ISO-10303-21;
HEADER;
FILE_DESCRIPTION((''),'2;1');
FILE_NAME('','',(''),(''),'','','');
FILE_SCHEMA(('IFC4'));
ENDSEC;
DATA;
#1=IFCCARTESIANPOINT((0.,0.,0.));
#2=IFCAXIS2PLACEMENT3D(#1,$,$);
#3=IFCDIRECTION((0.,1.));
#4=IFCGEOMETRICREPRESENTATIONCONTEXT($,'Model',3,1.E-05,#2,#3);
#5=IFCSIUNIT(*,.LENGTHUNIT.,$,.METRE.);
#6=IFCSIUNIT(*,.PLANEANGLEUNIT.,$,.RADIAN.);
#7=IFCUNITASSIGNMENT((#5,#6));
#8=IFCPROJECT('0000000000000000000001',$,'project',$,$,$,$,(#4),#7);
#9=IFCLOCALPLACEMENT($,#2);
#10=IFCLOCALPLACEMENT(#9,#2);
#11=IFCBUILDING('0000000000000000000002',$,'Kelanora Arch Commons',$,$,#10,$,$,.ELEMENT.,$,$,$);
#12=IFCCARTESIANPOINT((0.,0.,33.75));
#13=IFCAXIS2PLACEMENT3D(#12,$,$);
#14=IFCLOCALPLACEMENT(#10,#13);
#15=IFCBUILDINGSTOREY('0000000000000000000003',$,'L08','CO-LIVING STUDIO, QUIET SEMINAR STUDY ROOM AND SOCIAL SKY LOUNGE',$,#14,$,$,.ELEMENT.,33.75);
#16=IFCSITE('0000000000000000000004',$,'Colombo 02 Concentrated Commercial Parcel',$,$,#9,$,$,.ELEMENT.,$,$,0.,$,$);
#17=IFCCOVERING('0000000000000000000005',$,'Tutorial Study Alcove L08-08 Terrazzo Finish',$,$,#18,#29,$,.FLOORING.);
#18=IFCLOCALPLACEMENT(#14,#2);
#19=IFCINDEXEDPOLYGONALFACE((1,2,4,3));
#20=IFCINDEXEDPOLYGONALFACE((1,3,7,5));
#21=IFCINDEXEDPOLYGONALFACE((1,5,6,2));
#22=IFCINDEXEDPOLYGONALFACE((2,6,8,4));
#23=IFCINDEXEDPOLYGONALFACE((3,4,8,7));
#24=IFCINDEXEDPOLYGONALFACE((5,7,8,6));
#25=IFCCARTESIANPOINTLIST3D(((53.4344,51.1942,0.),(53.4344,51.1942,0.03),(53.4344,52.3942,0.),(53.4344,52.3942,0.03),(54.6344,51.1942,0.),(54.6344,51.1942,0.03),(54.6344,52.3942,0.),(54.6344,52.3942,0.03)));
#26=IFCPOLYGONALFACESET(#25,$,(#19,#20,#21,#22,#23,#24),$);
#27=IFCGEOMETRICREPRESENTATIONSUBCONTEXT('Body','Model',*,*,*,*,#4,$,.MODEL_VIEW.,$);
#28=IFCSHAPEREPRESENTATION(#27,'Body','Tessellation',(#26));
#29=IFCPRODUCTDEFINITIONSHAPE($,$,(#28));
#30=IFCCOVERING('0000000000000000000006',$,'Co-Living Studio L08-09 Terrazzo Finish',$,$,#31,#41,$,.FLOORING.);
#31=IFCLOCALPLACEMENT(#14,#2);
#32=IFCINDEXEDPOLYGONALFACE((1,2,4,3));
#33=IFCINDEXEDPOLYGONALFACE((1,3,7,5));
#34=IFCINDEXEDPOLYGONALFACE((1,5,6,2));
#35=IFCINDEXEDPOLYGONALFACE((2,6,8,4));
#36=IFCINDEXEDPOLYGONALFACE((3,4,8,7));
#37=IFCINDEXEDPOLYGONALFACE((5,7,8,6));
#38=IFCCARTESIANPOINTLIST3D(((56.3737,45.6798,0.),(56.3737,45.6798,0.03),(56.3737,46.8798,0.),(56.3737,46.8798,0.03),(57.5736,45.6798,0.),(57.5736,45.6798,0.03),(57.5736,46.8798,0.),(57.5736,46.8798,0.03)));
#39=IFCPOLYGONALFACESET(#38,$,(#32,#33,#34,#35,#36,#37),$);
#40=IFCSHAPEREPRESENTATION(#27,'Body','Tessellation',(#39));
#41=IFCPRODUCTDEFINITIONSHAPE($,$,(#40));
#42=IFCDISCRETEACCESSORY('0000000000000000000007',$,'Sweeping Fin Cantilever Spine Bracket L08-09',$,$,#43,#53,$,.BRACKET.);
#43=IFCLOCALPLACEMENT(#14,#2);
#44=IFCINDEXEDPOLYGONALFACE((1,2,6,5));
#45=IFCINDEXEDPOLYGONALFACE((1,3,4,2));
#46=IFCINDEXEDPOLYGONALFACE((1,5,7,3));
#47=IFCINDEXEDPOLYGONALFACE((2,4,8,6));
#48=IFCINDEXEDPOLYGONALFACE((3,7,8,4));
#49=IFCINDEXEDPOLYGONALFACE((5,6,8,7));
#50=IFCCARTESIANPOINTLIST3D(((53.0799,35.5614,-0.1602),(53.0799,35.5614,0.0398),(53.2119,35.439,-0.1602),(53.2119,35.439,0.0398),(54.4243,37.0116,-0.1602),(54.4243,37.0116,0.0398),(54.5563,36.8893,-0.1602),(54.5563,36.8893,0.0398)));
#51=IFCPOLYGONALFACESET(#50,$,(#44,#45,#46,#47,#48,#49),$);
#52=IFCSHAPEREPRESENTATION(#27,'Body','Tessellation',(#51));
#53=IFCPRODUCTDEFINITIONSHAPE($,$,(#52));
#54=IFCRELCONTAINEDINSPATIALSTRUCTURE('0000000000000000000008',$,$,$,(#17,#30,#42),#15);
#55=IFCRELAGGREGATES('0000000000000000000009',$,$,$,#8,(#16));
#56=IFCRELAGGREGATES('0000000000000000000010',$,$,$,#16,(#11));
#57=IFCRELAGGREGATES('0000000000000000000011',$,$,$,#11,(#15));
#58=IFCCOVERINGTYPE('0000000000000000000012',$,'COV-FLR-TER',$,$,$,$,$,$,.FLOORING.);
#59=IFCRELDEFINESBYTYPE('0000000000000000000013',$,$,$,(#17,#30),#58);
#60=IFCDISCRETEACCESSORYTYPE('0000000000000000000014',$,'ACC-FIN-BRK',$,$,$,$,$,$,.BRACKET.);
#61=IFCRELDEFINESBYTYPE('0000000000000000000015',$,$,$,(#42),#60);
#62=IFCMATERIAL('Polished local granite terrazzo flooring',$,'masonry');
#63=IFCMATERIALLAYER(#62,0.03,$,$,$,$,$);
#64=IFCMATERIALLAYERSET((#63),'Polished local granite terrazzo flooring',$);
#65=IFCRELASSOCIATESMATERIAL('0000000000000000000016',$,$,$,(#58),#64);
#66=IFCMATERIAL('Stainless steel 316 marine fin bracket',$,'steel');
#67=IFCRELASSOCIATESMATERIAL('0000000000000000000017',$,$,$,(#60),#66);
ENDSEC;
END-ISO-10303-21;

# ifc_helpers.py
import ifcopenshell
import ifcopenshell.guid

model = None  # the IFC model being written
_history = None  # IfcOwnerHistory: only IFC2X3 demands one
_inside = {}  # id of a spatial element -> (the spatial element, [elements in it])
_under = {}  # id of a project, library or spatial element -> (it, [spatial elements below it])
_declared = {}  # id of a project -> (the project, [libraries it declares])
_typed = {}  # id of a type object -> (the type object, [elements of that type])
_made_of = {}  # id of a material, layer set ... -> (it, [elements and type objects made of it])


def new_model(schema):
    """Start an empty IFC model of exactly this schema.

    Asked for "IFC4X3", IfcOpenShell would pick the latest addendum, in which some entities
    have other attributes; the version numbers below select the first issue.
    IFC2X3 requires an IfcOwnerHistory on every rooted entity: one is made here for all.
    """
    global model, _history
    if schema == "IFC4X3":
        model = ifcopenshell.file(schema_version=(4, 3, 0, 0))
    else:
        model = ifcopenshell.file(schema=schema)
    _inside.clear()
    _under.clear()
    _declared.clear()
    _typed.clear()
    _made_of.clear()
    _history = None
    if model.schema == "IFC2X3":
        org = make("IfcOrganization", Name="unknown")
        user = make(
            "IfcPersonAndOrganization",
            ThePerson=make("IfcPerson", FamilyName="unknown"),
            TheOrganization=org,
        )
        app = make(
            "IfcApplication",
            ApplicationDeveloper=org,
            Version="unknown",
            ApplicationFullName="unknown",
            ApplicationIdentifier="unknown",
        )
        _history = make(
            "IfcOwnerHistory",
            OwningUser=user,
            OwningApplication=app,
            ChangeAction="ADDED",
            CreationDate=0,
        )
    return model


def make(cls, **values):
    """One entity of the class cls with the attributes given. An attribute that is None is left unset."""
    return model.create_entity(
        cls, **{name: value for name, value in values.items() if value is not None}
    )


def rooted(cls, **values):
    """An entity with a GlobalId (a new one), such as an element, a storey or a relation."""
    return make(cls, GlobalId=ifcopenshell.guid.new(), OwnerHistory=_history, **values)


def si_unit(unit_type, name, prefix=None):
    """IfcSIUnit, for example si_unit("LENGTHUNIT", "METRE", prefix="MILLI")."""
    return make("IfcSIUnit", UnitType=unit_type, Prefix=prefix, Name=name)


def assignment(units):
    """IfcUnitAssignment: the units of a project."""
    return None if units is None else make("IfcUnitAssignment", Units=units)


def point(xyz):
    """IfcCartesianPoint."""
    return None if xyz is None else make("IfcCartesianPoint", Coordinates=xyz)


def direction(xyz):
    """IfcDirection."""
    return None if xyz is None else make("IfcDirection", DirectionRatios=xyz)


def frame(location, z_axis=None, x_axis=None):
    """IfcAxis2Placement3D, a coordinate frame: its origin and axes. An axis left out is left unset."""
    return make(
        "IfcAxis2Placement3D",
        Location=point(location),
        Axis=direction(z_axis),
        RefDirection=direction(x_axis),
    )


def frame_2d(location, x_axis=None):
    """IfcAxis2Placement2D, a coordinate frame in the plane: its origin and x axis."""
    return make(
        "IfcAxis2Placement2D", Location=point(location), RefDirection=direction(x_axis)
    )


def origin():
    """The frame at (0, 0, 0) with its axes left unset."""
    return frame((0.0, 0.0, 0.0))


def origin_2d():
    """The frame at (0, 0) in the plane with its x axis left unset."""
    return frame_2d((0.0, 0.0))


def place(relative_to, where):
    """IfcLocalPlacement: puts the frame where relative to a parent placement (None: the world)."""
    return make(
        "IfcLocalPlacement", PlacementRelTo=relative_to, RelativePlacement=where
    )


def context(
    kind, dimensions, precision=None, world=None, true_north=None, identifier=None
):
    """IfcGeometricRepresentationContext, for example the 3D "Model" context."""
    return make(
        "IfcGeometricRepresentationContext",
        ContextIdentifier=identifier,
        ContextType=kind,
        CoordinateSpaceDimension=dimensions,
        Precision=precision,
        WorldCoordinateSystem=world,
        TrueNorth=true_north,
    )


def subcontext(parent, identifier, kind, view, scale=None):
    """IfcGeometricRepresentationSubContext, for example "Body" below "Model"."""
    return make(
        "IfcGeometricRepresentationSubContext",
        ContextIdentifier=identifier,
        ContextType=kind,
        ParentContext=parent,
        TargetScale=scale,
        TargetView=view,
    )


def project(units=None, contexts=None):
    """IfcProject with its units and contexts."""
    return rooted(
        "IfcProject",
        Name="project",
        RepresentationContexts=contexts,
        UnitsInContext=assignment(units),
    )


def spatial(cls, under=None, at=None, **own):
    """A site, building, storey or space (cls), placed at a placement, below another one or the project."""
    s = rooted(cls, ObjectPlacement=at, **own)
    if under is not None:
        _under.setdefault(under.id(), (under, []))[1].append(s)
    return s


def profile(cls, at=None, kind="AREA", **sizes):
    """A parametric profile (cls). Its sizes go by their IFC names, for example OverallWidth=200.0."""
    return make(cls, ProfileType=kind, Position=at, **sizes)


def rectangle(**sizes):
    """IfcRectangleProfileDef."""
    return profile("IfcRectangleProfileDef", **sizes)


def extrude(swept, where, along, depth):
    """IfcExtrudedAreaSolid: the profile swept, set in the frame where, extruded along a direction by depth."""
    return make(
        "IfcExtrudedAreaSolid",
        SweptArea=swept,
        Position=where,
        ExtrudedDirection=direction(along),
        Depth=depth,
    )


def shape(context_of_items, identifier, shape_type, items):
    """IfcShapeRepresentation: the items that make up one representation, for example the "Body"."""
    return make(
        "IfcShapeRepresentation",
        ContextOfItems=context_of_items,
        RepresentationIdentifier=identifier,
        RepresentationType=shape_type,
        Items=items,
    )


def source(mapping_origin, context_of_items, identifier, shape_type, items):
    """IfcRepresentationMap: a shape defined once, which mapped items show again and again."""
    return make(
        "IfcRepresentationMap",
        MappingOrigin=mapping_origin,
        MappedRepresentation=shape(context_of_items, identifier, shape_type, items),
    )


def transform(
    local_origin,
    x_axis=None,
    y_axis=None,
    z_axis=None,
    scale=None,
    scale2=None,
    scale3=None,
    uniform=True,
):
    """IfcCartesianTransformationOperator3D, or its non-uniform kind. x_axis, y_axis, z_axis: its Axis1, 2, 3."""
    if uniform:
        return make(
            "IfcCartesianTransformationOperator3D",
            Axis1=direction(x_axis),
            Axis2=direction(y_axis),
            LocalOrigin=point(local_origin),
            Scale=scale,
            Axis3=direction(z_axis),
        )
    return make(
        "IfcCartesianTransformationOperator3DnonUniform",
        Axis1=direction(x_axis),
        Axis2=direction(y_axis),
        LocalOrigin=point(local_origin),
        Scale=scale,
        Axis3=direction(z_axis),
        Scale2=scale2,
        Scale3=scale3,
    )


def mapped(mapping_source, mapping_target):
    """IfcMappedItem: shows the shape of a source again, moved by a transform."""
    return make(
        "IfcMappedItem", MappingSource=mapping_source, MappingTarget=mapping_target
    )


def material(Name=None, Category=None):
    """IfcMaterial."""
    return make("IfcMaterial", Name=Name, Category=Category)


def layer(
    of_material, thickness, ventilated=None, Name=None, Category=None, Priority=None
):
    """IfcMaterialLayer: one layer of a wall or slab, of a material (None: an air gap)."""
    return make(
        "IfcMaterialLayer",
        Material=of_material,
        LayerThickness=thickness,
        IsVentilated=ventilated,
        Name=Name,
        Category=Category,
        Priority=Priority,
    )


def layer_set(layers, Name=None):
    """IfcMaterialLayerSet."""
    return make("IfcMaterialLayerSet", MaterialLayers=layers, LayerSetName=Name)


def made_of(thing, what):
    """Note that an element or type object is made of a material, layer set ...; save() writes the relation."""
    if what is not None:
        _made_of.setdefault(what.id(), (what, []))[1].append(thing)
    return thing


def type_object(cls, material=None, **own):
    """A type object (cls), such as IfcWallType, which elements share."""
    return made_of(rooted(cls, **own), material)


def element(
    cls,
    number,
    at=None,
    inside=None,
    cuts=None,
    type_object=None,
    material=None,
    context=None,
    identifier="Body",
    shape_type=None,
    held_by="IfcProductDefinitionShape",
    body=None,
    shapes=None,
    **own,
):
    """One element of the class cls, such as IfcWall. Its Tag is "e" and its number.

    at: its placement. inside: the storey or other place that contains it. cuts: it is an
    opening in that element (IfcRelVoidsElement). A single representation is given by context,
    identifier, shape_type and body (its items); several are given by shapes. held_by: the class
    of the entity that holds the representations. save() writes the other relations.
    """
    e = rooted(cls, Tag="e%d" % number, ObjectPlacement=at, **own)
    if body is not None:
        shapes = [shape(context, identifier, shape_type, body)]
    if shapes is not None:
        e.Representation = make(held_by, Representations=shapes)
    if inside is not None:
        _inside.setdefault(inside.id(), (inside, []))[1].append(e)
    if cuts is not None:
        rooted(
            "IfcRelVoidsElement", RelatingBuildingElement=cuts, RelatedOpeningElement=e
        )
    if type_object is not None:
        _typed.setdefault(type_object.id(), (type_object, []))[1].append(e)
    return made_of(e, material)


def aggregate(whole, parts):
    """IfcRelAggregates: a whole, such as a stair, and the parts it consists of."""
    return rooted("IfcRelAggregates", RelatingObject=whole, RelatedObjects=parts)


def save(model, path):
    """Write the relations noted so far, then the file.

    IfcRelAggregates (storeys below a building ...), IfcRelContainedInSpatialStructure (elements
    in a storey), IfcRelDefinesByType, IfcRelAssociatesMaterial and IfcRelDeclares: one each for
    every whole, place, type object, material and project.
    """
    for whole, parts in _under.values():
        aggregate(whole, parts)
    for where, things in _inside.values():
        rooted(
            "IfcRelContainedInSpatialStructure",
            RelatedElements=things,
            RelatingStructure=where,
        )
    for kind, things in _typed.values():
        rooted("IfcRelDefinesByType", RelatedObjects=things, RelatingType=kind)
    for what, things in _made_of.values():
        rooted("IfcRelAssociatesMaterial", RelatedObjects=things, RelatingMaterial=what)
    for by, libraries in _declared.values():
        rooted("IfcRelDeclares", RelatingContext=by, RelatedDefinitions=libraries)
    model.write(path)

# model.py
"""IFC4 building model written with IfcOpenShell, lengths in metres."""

from ifc_helpers import new_model, si_unit, direction, frame, origin, origin_2d, place, context, subcontext, project, spatial, rectangle, extrude, source, transform, mapped, material, layer, layer_set, type_object, element, save


model = new_model("IFC4")

# Units and contexts
model_context = context("Model", 3, precision=1e-05, world=origin(), true_north=direction((0.0, 1.0)))
body_context = subcontext(model_context, "Body", "Model", "MODEL_VIEW")
ifc_project = project(units=[si_unit("LENGTHUNIT", "METRE"), si_unit("PLANEANGLEUNIT", "RADIAN")], contexts=[model_context])

# Site, building, storey
site_placement = place(None, origin())
site = spatial("IfcSite", under=ifc_project, at=site_placement, Name="Colombo 02 Concentrated Commercial Parcel", CompositionType="ELEMENT", RefElevation=0.0)
building_placement = place(site_placement, origin())
building = spatial("IfcBuilding", under=site, at=building_placement, Name="Kelanora Arch Commons", CompositionType="ELEMENT")
storey_placement = place(building_placement, frame((0.0, 0.0, 33.75)))
storey = spatial("IfcBuildingStorey", under=building, at=storey_placement, Name="L08", Description="CO-LIVING STUDIO, QUIET SEMINAR STUDY ROOM AND SOCIAL SKY LOUNGE", CompositionType="ELEMENT", Elevation=33.75)

# Coverings
ifc_material_1 = material(Name="Polished local granite terrazzo flooring", Category="masonry")
ifc_layer_1 = layer(ifc_material_1, 0.03)
ifc_layer_set_1 = layer_set([ifc_layer_1], Name="Polished local granite terrazzo flooring")
covering_type = type_object("IfcCoveringType", Name="COV-FLR-TER", PredefinedType="FLOORING", material=ifc_layer_set_1)
shared_shape_1 = source(origin(), body_context, "Body", "SweptSolid", [
    extrude(rectangle(XDim=1.2, YDim=1.2, at=origin_2d()), origin(), (0.0, 0.0, 1.0), 0.03),
])
for number, where, z_axis, x_axis, name in (
    (1, (54.0344, 51.7942, 0.0), (0.0, 0.0, 1.0), (1.0, 0.0, 0.0), "Tutorial Study Alcove L08-08 Terrazzo Finish"),
    (2, (56.9736, 46.2798, 0.0), (0.0, 0.0, 1.0), (1.0, 0.0, 0.0), "Co-Living Studio L08-09 Terrazzo Finish"),
):
    element("IfcCovering", number, at=place(storey_placement, frame(where, z_axis=z_axis, x_axis=x_axis)), inside=storey, type_object=covering_type, Name=name, PredefinedType="FLOORING", context=body_context, shape_type="MappedRepresentation", body=[
        mapped(shared_shape_1, transform((0.0, 0.0, 0.0), scale=1.0)),
    ])

# Discrete accessory
ifc_material_2 = material(Name="Stainless steel 316 marine fin bracket", Category="steel")
discrete_accessory_type = type_object("IfcDiscreteAccessoryType", Name="ACC-FIN-BRK", PredefinedType="BRACKET", material=ifc_material_2)
shared_shape_2 = source(origin(), body_context, "Body", "SweptSolid", [
    extrude(rectangle(XDim=1.9775, YDim=0.1799, at=origin_2d()), origin(), (0.0, 0.0, 1.0), 0.2),
])
discrete_accessory_placement = place(storey_placement, frame((53.8181, 36.2253, -0.1602), z_axis=(0.0, 0.0, 1.0), x_axis=(-0.679825, -0.733374, 0.0)))
element("IfcDiscreteAccessory", 3, at=discrete_accessory_placement, inside=storey, type_object=discrete_accessory_type, Name="Sweeping Fin Cantilever Spine Bracket L08-09", PredefinedType="BRACKET", context=body_context, shape_type="MappedRepresentation", body=[
    mapped(shared_shape_2, transform((0.0, 0.0, 0.0), scale=1.0)),
])

save(model, "model.ifc")
